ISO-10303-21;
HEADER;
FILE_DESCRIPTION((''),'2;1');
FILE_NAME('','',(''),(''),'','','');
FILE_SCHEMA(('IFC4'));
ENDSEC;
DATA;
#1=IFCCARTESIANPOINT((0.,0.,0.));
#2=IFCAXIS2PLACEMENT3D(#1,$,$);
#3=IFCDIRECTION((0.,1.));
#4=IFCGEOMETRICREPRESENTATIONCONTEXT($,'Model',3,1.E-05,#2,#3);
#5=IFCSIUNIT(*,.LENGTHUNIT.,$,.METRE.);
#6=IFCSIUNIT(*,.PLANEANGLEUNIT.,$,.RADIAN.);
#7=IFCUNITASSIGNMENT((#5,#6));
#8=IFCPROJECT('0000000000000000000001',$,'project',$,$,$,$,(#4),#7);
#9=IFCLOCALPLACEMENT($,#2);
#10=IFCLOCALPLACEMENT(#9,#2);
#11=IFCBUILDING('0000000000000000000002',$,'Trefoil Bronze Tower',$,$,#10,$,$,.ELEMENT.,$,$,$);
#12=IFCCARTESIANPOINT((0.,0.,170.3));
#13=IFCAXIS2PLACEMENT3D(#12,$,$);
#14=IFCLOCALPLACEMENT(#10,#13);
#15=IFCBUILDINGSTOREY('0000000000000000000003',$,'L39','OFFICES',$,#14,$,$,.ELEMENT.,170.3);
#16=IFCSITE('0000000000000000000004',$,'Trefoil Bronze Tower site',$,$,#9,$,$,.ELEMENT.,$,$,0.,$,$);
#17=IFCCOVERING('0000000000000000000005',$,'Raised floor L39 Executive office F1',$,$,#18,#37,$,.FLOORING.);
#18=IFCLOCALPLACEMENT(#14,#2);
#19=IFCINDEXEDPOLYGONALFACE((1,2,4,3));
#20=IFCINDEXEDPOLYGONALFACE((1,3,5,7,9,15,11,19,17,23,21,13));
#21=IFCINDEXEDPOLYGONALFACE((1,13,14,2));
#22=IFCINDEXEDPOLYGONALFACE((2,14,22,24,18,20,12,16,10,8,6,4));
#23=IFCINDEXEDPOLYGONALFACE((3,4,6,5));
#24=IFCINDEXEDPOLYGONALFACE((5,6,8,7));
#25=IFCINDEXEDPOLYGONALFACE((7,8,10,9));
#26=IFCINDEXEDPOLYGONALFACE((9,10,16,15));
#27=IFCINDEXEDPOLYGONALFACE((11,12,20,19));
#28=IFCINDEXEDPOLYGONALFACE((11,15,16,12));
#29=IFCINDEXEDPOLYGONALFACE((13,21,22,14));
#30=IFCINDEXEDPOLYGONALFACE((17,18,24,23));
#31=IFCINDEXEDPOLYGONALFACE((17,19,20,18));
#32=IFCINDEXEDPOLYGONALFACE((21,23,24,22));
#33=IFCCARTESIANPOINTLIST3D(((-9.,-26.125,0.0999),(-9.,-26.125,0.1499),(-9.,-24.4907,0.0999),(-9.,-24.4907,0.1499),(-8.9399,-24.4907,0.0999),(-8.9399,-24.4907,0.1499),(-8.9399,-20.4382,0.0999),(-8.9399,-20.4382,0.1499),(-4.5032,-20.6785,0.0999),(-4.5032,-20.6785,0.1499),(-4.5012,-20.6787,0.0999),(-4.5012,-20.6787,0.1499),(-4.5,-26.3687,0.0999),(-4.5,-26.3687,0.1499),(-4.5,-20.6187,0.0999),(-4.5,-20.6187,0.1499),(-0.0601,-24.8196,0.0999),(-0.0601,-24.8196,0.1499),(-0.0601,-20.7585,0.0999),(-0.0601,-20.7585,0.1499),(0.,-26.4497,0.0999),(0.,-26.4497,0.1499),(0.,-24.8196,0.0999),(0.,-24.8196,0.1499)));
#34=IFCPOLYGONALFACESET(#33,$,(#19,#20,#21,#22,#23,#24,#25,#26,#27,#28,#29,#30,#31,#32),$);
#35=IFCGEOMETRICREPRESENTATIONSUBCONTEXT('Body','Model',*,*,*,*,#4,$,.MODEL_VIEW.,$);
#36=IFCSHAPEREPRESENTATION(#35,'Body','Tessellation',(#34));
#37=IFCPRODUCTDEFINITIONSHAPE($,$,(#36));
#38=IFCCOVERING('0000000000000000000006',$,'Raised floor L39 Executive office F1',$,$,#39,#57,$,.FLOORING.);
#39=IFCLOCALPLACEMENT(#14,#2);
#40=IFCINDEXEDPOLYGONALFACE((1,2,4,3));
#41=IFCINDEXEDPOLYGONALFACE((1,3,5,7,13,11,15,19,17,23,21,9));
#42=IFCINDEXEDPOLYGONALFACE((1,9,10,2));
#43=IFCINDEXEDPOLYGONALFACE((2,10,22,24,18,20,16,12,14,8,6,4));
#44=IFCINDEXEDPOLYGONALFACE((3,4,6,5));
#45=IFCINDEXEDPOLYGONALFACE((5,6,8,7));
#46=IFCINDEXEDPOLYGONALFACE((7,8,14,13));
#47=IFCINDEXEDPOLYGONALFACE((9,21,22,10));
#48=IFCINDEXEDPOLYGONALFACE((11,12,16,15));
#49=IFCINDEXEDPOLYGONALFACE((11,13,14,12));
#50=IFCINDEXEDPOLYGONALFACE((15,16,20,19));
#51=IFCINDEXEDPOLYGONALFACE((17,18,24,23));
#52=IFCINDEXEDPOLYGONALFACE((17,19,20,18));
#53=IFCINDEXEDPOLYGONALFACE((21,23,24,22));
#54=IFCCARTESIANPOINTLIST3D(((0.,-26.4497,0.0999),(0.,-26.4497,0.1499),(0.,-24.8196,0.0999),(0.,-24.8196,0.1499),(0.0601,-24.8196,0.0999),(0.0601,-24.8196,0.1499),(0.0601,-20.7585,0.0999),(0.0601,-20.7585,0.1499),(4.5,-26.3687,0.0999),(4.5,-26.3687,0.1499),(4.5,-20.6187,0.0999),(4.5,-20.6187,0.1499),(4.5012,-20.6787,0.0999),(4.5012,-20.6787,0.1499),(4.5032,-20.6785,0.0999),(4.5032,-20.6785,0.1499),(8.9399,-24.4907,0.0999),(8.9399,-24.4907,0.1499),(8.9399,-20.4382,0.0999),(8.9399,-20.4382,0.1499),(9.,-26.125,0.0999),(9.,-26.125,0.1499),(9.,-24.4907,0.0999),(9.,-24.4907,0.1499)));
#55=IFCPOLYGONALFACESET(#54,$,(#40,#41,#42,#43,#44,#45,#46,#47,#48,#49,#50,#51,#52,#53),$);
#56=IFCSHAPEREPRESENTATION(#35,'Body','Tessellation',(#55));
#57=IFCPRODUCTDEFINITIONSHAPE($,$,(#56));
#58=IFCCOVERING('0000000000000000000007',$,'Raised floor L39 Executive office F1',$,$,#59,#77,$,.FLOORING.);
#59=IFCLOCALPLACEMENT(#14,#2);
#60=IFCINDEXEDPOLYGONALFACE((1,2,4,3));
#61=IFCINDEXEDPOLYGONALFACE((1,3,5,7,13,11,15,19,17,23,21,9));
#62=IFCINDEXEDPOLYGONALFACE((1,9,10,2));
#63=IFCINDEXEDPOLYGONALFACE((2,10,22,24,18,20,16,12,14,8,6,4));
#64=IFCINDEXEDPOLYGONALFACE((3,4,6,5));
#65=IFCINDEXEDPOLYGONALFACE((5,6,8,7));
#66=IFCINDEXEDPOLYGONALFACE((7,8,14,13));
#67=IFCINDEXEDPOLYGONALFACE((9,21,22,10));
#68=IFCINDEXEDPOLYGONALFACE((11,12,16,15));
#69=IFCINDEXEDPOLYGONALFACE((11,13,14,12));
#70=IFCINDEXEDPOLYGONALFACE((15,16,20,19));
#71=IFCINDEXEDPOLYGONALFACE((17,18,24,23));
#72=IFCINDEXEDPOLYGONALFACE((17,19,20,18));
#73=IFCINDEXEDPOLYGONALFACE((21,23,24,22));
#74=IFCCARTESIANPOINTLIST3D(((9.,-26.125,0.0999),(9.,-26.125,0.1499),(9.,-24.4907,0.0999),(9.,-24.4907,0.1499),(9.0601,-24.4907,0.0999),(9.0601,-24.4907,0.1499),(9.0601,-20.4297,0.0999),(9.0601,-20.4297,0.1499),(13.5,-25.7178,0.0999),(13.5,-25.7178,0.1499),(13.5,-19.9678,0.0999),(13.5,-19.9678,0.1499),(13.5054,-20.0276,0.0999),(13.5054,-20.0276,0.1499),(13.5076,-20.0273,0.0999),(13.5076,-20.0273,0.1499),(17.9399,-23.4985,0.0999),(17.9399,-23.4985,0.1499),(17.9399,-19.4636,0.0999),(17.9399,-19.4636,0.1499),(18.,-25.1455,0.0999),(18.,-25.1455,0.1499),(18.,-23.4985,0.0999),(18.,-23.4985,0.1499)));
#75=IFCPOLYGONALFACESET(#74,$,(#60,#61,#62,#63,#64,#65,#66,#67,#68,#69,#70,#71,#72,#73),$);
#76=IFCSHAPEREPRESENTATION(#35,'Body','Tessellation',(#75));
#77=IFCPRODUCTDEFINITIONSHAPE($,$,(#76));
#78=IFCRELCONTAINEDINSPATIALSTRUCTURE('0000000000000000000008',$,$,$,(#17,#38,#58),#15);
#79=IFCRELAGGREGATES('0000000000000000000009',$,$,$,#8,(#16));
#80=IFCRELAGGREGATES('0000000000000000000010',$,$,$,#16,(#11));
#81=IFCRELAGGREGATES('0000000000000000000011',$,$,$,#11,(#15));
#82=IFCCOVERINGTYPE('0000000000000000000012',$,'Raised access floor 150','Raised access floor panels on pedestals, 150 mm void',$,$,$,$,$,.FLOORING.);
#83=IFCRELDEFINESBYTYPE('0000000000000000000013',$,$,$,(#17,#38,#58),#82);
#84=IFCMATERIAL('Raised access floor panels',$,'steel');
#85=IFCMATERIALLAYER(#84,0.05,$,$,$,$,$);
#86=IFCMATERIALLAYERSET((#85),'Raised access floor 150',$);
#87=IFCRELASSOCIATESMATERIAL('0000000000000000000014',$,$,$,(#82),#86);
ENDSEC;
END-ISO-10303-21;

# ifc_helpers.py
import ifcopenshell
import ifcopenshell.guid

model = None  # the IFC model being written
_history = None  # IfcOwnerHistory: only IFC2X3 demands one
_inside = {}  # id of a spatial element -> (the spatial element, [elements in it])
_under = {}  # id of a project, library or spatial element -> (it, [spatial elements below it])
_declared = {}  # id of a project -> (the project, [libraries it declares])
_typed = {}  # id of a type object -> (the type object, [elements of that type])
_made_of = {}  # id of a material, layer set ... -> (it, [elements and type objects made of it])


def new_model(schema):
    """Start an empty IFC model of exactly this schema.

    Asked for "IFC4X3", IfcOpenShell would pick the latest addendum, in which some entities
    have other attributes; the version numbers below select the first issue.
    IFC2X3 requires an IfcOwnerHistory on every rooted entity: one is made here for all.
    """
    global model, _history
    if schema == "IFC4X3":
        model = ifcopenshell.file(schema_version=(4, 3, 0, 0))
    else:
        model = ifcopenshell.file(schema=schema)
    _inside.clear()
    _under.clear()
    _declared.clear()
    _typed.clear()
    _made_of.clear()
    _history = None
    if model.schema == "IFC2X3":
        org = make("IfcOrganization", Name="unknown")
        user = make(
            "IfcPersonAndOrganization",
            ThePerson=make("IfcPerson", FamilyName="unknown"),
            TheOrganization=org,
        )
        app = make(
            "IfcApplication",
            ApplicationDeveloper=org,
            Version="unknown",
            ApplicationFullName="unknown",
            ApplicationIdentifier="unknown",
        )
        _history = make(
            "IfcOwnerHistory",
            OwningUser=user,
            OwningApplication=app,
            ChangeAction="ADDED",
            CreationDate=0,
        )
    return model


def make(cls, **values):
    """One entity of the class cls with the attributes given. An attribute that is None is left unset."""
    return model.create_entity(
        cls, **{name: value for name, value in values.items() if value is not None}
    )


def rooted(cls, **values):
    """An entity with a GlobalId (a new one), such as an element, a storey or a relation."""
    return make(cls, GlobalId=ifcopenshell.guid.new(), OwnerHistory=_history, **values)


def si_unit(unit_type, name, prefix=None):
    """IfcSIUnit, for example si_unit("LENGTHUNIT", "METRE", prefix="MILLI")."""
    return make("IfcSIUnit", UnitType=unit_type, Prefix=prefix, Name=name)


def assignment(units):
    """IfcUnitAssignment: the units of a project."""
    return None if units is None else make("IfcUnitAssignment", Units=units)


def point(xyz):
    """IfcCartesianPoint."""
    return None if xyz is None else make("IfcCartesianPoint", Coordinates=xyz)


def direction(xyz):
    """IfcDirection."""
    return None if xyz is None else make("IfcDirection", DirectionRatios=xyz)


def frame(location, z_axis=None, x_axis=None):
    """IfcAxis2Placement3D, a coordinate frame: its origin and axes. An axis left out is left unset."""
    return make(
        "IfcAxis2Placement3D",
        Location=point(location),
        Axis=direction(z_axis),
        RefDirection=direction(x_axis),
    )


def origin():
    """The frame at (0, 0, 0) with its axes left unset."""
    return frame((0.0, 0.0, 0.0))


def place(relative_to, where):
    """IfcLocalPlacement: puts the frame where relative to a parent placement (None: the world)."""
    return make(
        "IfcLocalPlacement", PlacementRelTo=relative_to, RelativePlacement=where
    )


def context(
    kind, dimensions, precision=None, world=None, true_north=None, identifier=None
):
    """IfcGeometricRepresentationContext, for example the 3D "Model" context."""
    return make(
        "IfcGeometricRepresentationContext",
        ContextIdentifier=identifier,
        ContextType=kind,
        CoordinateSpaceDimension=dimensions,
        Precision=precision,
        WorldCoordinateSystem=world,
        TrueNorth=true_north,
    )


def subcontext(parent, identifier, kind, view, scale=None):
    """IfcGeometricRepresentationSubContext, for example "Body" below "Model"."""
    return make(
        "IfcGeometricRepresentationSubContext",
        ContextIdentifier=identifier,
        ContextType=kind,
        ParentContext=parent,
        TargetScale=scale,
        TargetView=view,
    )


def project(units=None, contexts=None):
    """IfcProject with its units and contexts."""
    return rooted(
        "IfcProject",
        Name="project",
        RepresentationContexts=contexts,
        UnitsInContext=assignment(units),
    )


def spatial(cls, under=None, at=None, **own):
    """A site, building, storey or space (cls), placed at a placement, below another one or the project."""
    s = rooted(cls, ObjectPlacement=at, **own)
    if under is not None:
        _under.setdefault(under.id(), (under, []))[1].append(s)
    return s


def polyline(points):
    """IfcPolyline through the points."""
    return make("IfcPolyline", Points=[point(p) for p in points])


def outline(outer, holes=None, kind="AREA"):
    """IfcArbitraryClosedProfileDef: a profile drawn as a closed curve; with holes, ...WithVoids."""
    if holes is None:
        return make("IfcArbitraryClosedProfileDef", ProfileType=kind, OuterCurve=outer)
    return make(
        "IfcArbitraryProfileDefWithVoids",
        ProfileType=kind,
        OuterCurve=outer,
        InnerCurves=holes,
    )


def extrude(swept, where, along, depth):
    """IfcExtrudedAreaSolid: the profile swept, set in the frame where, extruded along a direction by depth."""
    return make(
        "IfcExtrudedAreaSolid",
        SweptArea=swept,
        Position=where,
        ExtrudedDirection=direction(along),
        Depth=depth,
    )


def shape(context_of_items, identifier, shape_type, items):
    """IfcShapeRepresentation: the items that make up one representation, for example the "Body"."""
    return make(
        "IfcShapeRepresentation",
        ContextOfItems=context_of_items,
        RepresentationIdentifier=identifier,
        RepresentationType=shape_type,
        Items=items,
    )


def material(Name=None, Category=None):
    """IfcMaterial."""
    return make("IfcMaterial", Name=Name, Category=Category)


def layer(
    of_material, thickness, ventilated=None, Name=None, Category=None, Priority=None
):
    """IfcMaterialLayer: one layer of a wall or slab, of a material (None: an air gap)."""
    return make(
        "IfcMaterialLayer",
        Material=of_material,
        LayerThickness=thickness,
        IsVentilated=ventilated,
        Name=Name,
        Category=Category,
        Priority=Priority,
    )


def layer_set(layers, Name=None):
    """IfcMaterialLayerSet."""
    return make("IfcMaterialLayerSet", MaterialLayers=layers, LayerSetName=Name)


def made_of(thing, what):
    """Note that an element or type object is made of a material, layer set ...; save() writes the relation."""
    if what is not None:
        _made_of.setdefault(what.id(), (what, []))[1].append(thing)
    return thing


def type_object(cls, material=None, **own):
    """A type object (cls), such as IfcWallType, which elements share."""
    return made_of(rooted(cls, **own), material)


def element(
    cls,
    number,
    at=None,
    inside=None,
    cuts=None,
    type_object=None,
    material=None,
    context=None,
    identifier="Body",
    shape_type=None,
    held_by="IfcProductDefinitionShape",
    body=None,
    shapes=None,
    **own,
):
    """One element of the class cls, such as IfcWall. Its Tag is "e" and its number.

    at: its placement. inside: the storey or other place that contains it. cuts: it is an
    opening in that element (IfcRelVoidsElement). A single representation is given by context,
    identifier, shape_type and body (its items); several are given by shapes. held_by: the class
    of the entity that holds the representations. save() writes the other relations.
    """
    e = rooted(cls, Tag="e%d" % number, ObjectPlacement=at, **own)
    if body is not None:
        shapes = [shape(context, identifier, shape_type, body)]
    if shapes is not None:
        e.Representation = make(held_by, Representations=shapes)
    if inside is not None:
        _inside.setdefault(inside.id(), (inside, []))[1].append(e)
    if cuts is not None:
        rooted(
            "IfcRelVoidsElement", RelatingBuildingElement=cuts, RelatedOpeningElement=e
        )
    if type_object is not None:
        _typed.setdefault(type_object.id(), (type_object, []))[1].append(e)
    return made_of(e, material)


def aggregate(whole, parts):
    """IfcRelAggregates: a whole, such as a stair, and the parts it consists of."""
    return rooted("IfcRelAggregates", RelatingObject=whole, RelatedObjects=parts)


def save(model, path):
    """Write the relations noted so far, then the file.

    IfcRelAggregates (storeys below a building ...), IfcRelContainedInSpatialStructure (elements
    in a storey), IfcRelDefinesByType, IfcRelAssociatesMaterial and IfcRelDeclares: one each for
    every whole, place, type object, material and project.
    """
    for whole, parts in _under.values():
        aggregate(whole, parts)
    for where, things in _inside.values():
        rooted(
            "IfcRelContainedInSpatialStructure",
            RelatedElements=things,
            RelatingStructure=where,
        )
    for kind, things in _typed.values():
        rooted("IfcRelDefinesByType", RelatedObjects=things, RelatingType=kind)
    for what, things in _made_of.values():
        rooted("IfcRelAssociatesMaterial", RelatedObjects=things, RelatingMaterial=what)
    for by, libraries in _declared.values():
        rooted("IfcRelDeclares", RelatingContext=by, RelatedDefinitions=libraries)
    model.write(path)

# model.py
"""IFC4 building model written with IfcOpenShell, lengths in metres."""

from ifc_helpers import new_model, si_unit, direction, frame, origin, place, context, subcontext, project, spatial, polyline, outline, extrude, material, layer, layer_set, type_object, element, save


model = new_model("IFC4")

# Units and contexts
model_context = context("Model", 3, precision=1e-05, world=origin(), true_north=direction((0.0, 1.0)))
body_context = subcontext(model_context, "Body", "Model", "MODEL_VIEW")
ifc_project = project(units=[si_unit("LENGTHUNIT", "METRE"), si_unit("PLANEANGLEUNIT", "RADIAN")], contexts=[model_context])

# Site, building, storey
site_placement = place(None, origin())
site = spatial("IfcSite", under=ifc_project, at=site_placement, Name="Trefoil Bronze Tower site", CompositionType="ELEMENT", RefElevation=0.0)
building_placement = place(site_placement, origin())
building = spatial("IfcBuilding", under=site, at=building_placement, Name="Trefoil Bronze Tower", CompositionType="ELEMENT")
storey_placement = place(building_placement, frame((0.0, 0.0, 170.3)))
storey = spatial("IfcBuildingStorey", under=building, at=storey_placement, Name="L39", Description="OFFICES", CompositionType="ELEMENT", Elevation=170.3)

# Coverings
ifc_material_1 = material(Name="Raised access floor panels", Category="steel")
ifc_layer_1 = layer(ifc_material_1, 0.05)
ifc_layer_set_1 = layer_set([ifc_layer_1], Name="Raised access floor 150")
covering_type_1 = type_object("IfcCoveringType", Name="Raised access floor 150", Description="Raised access floor panels on pedestals, 150 mm void", PredefinedType="FLOORING", material=ifc_layer_set_1)
covering_1_placement = place(storey_placement, frame((0.0, 0.0, 0.0999)))
element("IfcCovering", 1, at=covering_1_placement, inside=storey, type_object=covering_type_1, Name="Raised floor L39 Executive office F1", PredefinedType="FLOORING", context=body_context, shape_type="SweptSolid", body=[
    extrude(outline(polyline([(-4.5, -26.3687), (-9.0, -26.125), (-9.0, -24.4907), (-8.9399, -24.4907), (-8.9399, -20.4382), (-4.5032, -20.6785), (-4.5, -20.6187), (-4.5012, -20.6787), (-0.0601, -20.7585), (-0.0601, -24.8196), (0.0, -24.8196), (0.0, -26.4497), (-4.5, -26.3687)])), origin(), (0.0, 0.0, 1.0), 0.05),
])
covering_2_placement = place(storey_placement, frame((0.0, 0.0, 0.0999)))
element("IfcCovering", 2, at=covering_2_placement, inside=storey, type_object=covering_type_1, Name="Raised floor L39 Executive office F1", PredefinedType="FLOORING", context=body_context, shape_type="SweptSolid", body=[
    extrude(outline(polyline([(4.5, -26.3687), (0.0, -26.4497), (0.0, -24.8196), (0.0601, -24.8196), (0.0601, -20.7585), (4.5012, -20.6787), (4.5, -20.6187), (4.5032, -20.6785), (8.9399, -20.4382), (8.9399, -24.4907), (9.0, -24.4907), (9.0, -26.125), (4.5, -26.3687)])), origin(), (0.0, 0.0, 1.0), 0.05),
])
covering_3_placement = place(storey_placement, frame((0.0, 0.0, 0.0999)))
element("IfcCovering", 3, at=covering_3_placement, inside=storey, type_object=covering_type_1, Name="Raised floor L39 Executive office F1", PredefinedType="FLOORING", context=body_context, shape_type="SweptSolid", body=[
    extrude(outline(polyline([(13.5, -25.7178), (9.0, -26.125), (9.0, -24.4907), (9.0601, -24.4907), (9.0601, -20.4297), (13.5054, -20.0276), (13.5, -19.9678), (13.5076, -20.0273), (17.9399, -19.4636), (17.9399, -23.4985), (18.0, -23.4985), (18.0, -25.1455), (13.5, -25.7178)])), origin(), (0.0, 0.0, 1.0), 0.05),
])

save(model, "model.ifc")
